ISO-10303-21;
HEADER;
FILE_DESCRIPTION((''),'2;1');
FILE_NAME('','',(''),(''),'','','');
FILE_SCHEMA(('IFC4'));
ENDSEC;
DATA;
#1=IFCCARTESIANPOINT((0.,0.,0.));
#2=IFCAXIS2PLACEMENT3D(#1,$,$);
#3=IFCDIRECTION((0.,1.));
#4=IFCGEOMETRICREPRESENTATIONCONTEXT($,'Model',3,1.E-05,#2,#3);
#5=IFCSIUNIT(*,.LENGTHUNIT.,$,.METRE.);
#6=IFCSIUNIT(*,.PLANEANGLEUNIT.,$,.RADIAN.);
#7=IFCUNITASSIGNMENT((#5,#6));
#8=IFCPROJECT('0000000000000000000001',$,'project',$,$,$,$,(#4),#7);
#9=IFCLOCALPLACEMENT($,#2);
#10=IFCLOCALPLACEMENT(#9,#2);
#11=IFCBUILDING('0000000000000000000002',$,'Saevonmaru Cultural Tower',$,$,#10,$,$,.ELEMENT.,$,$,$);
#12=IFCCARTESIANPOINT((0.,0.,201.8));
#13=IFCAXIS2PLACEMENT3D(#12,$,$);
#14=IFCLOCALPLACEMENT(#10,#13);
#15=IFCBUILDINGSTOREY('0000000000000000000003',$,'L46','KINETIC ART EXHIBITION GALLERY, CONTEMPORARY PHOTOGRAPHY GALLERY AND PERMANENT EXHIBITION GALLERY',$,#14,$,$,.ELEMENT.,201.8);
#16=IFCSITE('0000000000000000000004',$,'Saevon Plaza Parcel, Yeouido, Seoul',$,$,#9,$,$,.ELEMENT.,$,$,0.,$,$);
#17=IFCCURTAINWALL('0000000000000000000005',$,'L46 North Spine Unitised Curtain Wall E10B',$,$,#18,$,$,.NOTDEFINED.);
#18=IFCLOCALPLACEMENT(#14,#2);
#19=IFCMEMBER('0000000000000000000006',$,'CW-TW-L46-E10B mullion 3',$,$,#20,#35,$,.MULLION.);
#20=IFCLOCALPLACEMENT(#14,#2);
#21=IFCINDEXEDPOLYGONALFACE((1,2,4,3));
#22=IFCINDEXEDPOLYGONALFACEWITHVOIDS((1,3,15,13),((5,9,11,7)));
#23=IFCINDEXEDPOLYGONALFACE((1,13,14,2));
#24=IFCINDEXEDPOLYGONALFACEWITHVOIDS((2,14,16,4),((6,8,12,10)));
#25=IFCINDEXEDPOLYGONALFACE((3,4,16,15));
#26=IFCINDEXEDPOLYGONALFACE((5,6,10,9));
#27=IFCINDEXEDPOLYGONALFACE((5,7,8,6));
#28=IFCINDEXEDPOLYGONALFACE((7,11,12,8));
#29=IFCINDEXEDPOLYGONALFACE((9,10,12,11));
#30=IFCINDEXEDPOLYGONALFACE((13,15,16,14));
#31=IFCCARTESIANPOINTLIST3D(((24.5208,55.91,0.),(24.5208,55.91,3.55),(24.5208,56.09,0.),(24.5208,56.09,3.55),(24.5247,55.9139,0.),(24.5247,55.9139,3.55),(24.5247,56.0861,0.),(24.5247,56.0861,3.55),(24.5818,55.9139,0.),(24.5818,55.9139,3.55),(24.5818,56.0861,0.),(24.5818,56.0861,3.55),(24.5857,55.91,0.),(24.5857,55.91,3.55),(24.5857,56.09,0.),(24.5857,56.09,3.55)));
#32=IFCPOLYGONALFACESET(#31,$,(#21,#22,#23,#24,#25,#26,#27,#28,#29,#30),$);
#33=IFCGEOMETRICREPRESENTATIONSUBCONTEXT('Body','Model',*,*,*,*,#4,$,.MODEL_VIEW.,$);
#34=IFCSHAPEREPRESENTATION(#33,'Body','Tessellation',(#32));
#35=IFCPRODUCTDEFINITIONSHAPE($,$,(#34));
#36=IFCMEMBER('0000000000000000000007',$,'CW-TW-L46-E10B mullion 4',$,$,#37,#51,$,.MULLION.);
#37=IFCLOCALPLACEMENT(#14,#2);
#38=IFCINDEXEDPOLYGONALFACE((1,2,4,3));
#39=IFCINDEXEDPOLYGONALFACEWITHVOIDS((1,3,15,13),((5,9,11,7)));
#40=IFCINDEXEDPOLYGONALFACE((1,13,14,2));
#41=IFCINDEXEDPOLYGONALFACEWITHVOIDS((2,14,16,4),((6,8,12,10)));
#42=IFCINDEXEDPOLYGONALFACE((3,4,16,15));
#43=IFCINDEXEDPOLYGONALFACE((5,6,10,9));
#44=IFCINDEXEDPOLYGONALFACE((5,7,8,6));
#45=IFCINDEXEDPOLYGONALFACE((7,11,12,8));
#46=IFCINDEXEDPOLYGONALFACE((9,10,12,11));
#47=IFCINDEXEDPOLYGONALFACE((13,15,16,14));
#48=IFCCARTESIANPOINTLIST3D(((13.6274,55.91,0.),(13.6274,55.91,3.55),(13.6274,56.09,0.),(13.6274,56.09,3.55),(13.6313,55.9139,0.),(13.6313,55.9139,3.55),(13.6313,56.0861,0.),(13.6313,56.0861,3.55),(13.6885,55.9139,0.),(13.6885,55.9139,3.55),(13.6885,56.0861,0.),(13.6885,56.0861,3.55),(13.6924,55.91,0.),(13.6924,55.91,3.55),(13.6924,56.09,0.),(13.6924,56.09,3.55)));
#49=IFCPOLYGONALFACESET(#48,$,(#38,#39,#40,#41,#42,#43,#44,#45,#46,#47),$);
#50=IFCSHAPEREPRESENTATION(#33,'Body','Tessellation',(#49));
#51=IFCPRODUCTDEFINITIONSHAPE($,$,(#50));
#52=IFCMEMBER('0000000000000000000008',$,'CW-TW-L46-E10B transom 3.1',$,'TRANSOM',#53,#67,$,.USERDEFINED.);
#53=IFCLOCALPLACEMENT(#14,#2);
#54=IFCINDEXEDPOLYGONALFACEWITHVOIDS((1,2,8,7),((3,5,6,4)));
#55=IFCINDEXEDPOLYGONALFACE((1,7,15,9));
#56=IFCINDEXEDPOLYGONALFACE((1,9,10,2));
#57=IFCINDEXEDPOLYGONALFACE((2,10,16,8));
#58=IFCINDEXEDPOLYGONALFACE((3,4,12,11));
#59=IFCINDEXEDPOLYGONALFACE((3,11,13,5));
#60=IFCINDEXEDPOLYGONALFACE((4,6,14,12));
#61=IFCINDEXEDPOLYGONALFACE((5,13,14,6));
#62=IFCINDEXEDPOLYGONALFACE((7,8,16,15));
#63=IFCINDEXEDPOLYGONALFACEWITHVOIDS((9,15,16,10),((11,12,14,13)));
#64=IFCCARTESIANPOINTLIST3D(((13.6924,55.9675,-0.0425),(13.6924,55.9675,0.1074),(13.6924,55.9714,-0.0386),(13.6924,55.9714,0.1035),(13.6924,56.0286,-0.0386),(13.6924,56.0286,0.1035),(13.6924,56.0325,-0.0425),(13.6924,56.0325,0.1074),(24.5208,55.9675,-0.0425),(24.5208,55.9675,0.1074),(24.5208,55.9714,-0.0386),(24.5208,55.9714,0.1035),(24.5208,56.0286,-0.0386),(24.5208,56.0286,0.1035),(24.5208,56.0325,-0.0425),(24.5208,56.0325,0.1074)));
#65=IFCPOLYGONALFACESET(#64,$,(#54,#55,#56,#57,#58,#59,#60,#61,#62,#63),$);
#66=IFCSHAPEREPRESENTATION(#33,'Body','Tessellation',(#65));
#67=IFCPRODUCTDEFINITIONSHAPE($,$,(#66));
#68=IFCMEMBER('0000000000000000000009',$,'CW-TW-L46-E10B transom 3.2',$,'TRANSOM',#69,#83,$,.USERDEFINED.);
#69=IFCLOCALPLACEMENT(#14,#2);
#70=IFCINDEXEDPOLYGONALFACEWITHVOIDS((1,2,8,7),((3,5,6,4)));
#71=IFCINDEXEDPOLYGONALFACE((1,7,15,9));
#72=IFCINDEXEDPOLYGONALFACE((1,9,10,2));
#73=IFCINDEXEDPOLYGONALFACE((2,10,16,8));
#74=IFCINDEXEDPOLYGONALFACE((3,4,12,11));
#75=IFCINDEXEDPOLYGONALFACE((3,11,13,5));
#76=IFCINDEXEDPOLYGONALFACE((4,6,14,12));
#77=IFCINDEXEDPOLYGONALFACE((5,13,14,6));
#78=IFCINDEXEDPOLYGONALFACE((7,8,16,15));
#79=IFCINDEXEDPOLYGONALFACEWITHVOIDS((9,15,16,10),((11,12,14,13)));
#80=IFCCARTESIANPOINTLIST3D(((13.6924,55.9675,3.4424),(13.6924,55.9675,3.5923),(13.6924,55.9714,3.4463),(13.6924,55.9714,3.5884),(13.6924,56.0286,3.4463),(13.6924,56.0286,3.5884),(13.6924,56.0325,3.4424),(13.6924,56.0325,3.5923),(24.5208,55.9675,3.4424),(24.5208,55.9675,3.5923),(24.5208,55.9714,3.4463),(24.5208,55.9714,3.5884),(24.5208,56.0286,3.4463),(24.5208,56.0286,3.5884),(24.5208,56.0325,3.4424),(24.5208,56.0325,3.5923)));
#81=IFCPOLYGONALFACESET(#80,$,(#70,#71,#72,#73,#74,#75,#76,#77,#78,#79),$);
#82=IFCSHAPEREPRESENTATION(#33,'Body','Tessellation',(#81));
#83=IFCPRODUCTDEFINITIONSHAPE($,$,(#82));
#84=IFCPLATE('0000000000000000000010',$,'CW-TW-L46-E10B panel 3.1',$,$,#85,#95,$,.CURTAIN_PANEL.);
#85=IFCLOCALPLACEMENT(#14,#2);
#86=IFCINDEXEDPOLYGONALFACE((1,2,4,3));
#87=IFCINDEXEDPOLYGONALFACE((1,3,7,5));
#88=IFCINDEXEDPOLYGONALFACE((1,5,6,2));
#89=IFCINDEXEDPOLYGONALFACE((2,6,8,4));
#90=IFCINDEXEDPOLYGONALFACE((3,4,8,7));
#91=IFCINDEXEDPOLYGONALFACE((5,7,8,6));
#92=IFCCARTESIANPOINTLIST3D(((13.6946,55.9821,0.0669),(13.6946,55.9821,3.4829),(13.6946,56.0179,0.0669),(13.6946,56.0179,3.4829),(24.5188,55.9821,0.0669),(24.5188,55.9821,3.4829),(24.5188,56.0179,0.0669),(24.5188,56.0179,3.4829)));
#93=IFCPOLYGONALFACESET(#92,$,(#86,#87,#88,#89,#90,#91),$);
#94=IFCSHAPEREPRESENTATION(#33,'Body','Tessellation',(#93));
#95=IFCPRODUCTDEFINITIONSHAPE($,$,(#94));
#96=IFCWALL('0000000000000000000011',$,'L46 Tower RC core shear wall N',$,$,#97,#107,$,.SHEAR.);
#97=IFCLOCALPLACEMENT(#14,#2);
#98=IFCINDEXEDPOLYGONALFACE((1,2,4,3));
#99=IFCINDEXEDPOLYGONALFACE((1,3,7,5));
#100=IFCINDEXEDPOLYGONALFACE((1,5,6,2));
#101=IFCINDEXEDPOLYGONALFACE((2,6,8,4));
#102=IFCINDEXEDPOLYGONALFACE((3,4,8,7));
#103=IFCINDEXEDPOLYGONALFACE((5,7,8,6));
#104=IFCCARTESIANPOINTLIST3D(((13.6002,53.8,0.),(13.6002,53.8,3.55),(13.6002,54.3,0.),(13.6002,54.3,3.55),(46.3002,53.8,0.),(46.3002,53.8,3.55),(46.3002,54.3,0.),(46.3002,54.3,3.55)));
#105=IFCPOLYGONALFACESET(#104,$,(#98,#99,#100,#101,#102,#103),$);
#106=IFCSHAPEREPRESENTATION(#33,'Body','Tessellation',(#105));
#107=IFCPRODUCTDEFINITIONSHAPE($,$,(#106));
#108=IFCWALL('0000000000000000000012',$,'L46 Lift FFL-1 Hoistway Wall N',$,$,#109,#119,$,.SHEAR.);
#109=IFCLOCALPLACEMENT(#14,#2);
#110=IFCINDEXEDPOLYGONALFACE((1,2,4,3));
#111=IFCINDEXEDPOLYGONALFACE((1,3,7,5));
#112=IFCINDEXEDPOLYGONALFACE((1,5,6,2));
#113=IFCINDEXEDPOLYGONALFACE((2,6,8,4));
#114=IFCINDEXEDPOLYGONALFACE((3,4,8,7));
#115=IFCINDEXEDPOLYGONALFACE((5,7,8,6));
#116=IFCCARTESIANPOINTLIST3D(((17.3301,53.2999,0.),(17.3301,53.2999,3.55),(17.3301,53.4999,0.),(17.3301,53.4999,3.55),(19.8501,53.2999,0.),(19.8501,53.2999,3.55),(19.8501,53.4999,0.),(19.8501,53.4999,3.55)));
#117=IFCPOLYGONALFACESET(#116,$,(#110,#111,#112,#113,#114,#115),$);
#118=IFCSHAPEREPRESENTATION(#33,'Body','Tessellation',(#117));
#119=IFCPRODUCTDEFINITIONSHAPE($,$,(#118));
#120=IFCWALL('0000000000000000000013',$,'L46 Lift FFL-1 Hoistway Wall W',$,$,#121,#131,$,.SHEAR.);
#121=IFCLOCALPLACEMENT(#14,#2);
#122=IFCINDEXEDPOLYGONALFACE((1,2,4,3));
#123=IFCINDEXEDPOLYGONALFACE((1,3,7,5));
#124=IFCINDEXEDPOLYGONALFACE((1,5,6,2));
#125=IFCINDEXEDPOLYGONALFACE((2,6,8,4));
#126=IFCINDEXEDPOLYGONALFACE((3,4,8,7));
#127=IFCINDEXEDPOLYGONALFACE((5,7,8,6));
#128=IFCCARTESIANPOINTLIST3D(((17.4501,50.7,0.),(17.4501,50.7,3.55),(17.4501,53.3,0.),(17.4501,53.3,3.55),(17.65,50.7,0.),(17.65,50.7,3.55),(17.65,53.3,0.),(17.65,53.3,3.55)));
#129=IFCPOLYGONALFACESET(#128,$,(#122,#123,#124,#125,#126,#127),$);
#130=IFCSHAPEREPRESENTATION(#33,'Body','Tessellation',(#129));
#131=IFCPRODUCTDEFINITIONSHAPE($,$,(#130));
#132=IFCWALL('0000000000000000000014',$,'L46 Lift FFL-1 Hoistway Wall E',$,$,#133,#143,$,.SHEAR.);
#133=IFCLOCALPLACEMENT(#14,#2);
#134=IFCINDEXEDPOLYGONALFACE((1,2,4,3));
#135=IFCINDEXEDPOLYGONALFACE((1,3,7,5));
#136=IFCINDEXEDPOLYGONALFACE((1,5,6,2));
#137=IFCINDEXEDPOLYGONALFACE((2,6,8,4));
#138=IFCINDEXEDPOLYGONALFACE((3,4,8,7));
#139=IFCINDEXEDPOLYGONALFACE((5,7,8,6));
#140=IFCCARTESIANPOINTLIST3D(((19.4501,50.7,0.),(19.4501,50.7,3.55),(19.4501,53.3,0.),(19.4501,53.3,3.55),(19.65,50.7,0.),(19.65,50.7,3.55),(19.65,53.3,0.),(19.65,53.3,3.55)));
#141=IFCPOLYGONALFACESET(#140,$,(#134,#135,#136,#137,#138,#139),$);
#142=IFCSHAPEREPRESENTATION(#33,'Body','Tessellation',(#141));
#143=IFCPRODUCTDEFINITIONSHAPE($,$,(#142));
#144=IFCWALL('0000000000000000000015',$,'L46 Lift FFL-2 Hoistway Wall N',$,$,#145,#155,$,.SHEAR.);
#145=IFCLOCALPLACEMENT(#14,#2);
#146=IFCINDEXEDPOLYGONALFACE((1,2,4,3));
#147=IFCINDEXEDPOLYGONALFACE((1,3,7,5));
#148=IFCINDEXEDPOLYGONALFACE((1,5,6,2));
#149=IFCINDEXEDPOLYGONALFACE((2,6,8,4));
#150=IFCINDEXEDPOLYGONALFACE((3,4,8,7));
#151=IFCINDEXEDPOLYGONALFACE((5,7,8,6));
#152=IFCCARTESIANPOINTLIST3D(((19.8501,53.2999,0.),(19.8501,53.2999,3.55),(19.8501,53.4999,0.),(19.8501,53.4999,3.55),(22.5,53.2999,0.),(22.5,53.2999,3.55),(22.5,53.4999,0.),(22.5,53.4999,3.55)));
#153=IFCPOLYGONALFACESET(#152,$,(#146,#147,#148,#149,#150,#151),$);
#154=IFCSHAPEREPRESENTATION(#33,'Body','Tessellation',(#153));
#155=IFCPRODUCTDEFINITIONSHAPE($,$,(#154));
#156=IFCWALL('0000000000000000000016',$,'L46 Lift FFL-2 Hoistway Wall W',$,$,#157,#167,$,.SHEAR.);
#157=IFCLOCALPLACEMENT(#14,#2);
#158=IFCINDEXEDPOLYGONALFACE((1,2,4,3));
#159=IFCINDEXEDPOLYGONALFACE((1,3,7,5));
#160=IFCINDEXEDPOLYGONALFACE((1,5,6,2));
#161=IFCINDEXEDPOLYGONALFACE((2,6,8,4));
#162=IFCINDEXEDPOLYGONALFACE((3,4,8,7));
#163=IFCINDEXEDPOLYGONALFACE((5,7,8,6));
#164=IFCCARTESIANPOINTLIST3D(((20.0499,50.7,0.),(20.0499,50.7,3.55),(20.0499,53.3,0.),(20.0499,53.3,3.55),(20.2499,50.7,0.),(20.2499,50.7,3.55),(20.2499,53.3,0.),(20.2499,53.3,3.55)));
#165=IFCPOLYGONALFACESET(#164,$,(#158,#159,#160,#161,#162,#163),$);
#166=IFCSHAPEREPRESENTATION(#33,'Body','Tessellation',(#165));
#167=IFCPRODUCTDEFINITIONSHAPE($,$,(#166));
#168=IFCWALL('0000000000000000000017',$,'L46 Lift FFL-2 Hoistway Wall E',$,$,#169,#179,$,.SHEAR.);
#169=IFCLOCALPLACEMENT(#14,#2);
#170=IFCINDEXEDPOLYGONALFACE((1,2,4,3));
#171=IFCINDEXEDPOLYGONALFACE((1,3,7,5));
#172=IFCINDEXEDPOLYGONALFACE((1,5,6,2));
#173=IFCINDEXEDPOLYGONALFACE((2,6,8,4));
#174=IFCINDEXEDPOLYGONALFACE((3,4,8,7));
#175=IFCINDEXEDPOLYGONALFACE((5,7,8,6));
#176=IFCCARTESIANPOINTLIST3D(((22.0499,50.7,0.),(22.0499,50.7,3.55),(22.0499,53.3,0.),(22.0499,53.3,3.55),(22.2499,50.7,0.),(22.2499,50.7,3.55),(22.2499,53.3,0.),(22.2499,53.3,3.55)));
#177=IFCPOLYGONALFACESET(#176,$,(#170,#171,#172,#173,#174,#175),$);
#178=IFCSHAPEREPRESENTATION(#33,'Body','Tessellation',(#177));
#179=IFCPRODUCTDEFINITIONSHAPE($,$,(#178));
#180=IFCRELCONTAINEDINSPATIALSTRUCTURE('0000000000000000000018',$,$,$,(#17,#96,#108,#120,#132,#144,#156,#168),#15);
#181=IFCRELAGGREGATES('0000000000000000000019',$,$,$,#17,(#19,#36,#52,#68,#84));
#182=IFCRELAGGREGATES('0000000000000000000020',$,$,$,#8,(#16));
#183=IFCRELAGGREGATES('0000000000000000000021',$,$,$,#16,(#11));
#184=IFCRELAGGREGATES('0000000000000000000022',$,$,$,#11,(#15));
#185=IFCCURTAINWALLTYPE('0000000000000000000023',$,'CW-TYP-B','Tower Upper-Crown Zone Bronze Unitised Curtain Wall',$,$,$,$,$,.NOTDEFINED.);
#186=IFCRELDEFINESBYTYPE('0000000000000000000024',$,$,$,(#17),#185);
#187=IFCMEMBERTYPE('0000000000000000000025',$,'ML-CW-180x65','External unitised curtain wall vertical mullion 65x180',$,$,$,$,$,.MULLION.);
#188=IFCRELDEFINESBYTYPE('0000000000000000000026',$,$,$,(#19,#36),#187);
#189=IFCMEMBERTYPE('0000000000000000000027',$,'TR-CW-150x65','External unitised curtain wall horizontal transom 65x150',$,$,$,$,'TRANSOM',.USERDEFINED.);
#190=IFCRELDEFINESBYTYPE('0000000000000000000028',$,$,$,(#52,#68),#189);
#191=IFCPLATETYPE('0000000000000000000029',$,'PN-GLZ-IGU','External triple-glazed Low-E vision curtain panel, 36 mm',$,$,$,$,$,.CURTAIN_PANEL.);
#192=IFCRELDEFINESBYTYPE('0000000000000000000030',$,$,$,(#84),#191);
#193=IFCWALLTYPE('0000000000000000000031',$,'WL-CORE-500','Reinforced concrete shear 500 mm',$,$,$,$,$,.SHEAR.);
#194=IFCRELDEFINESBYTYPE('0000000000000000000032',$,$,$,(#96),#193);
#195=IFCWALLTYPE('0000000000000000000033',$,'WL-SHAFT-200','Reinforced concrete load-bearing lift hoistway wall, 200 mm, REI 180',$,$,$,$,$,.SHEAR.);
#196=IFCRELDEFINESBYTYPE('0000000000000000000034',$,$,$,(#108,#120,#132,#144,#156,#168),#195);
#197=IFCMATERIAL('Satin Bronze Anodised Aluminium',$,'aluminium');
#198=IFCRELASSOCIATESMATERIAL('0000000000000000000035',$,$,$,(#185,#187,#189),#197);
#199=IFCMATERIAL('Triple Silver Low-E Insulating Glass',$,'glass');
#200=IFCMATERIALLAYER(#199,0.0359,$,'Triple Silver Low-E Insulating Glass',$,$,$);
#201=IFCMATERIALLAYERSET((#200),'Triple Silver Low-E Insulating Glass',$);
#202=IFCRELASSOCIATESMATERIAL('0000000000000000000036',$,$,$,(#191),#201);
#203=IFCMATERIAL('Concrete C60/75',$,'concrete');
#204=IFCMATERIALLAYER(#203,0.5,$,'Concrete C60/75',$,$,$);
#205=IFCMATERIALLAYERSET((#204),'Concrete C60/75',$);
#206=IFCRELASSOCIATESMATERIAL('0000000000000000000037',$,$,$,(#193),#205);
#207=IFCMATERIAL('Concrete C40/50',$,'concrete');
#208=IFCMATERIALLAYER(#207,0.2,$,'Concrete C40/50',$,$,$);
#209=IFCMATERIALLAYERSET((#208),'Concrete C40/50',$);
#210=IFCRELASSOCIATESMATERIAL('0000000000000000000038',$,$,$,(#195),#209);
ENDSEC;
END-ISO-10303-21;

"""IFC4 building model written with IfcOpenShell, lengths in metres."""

from ifc_helpers import new_model, si_unit, direction, frame, frame_2d, origin, origin_2d, place, context, subcontext, project, spatial, rectangle, hollow_rectangle, extrude, material, layer, layer_set, material_profile, profile_set, type_object, element, aggregate, save


model = new_model("IFC4")

# Units and contexts
model_context = context("Model", 3, precision=1e-05, world=origin(), true_north=direction((0.0, 1.0)))
body_context = subcontext(model_context, "Body", "Model", "MODEL_VIEW")
ifc_project = project(units=[si_unit("LENGTHUNIT", "METRE"), si_unit("PLANEANGLEUNIT", "RADIAN")], contexts=[model_context])

# Site, building, storey
site_placement = place(None, origin())
site = spatial("IfcSite", under=ifc_project, at=site_placement, Name="Saevon Plaza Parcel, Yeouido, Seoul", CompositionType="ELEMENT", RefElevation=0.0)
building_placement = place(site_placement, origin())
building = spatial("IfcBuilding", under=site, at=building_placement, Name="Saevonmaru Cultural Tower", CompositionType="ELEMENT")
storey_placement = place(building_placement, frame((0.0, 0.0, 201.8)))
storey = spatial("IfcBuildingStorey", under=building, at=storey_placement, Name="L46", Description="KINETIC ART EXHIBITION GALLERY, CONTEMPORARY PHOTOGRAPHY GALLERY AND PERMANENT EXHIBITION GALLERY", CompositionType="ELEMENT", Elevation=201.8)

# Curtain wall, members, plate
ifc_material_1 = material(Name="Satin Bronze Anodised Aluminium", Category="aluminium")
curtain_wall_type = type_object("IfcCurtainWallType", Name="CW-TYP-B", Description="Tower Upper-Crown Zone Bronze Unitised Curtain Wall", PredefinedType="NOTDEFINED", material=ifc_material_1)
curtain_wall_placement = place(storey_placement, origin())
curtain_wall = element("IfcCurtainWall", 1, at=curtain_wall_placement, inside=storey, type_object=curtain_wall_type, Name="L46 North Spine Unitised Curtain Wall E10B", PredefinedType="NOTDEFINED")
ifc_material_profile_1 = material_profile(ifc_material_1, hollow_rectangle(XDim=0.0649, YDim=0.1799, WallThickness=0.0039, at=origin_2d()), Name="ALU-MULL-180x65x4")
ifc_profile_set_1 = profile_set([ifc_material_profile_1], Name="Satin Bronze Anodised Aluminium")
member_type_1 = type_object("IfcMemberType", Name="ML-CW-180x65", Description="External unitised curtain wall vertical mullion 65x180", PredefinedType="MULLION", material=ifc_profile_set_1)
member_1_placement = place(storey_placement, frame((24.5532, 56.0, 0.0), z_axis=(0.0, 0.0, 1.0), x_axis=(-1.0, 0.0, 0.0)))
member_1 = element("IfcMember", 2, at=member_1_placement, type_object=member_type_1, Name="CW-TW-L46-E10B mullion 3", PredefinedType="MULLION", context=body_context, shape_type="SweptSolid", body=[
    extrude(hollow_rectangle(XDim=0.0649, YDim=0.1799, WallThickness=0.0039, at=origin_2d()), origin(), (0.0, 0.0, 1.0), 3.55),
])
member_2_placement = place(storey_placement, frame((13.6599, 56.0, 0.0), z_axis=(0.0, 0.0, 1.0), x_axis=(-1.0, 0.0, 0.0)))
member_2 = element("IfcMember", 3, at=member_2_placement, type_object=member_type_1, Name="CW-TW-L46-E10B mullion 4", PredefinedType="MULLION", context=body_context, shape_type="SweptSolid", body=[
    extrude(hollow_rectangle(XDim=0.0649, YDim=0.1799, WallThickness=0.0039, at=origin_2d()), origin(), (0.0, 0.0, 1.0), 3.55),
])
ifc_material_profile_2 = material_profile(ifc_material_1, hollow_rectangle(XDim=0.0649, YDim=0.1499, WallThickness=0.0039, at=origin_2d()), Name="ALU-TRAN-150x65x4")
ifc_profile_set_2 = profile_set([ifc_material_profile_2], Name="Satin Bronze Anodised Aluminium")
member_type_2 = type_object("IfcMemberType", Name="TR-CW-150x65", Description="External unitised curtain wall horizontal transom 65x150", ElementType="TRANSOM", PredefinedType="USERDEFINED", material=ifc_profile_set_2)
member_3_placement = place(storey_placement, frame((24.5208, 56.0, 0.0325), z_axis=(-1.0, 0.0, 0.0), x_axis=(0.0, -1.0, 0.0)))
member_3 = element("IfcMember", 4, at=member_3_placement, type_object=member_type_2, Name="CW-TW-L46-E10B transom 3.1", ObjectType="TRANSOM", PredefinedType="USERDEFINED", context=body_context, shape_type="SweptSolid", body=[
    extrude(hollow_rectangle(XDim=0.0649, YDim=0.1499, WallThickness=0.0039, at=origin_2d()), origin(), (0.0, 0.0, 1.0), 10.8284),
])
member_4_placement = place(storey_placement, frame((24.5208, 56.0, 3.5173), z_axis=(-1.0, 0.0, 0.0), x_axis=(0.0, -1.0, 0.0)))
member_4 = element("IfcMember", 5, at=member_4_placement, type_object=member_type_2, Name="CW-TW-L46-E10B transom 3.2", ObjectType="TRANSOM", PredefinedType="USERDEFINED", context=body_context, shape_type="SweptSolid", body=[
    extrude(hollow_rectangle(XDim=0.0649, YDim=0.1499, WallThickness=0.0039, at=origin_2d()), origin(), (0.0, 0.0, 1.0), 10.8284),
])
ifc_material_2 = material(Name="Triple Silver Low-E Insulating Glass", Category="glass")
ifc_layer_1 = layer(ifc_material_2, 0.0359, Name="Triple Silver Low-E Insulating Glass")
ifc_layer_set_1 = layer_set([ifc_layer_1], Name="Triple Silver Low-E Insulating Glass")
plate_type = type_object("IfcPlateType", Name="PN-GLZ-IGU", Description="External triple-glazed Low-E vision curtain panel, 36 mm", PredefinedType="CURTAIN_PANEL", material=ifc_layer_set_1)
plate_placement = place(storey_placement, frame((19.1067, 56.0, 0.0669), z_axis=(0.0, 0.0, 1.0), x_axis=(-1.0, 0.0, 0.0)))
plate = element("IfcPlate", 6, at=plate_placement, type_object=plate_type, Name="CW-TW-L46-E10B panel 3.1", PredefinedType="CURTAIN_PANEL", context=body_context, shape_type="SweptSolid", body=[
    extrude(rectangle(XDim=10.8242, YDim=0.0359, at=origin_2d()), origin(), (0.0, 0.0, 1.0), 3.416),
])
aggregate(curtain_wall, [member_1, member_2, member_3, member_4, plate])

# Walls
ifc_material_3 = material(Name="Concrete C60/75", Category="concrete")
ifc_layer_2 = layer(ifc_material_3, 0.5, Name="Concrete C60/75")
ifc_layer_set_2 = layer_set([ifc_layer_2], Name="Concrete C60/75")
wall_type_1 = type_object("IfcWallType", Name="WL-CORE-500", Description="Reinforced concrete shear 500 mm", PredefinedType="SHEAR", material=ifc_layer_set_2)
wall_1_placement = place(storey_placement, frame((13.6001, 54.05, 0.0), z_axis=(0.0, 0.0, 1.0), x_axis=(1.0, 0.0, 0.0)))
element("IfcWall", 7, at=wall_1_placement, inside=storey, type_object=wall_type_1, Name="L46 Tower RC core shear wall N", PredefinedType="SHEAR", context=body_context, shape_type="SweptSolid", body=[
    extrude(rectangle(XDim=32.7, YDim=0.5, at=frame_2d((16.3501, 0.0))), origin(), (0.0, 0.0, 1.0), 3.55),
])
ifc_material_4 = material(Name="Concrete C40/50", Category="concrete")
ifc_layer_3 = layer(ifc_material_4, 0.2, Name="Concrete C40/50")
ifc_layer_set_3 = layer_set([ifc_layer_3], Name="Concrete C40/50")
wall_type_2 = type_object("IfcWallType", Name="WL-SHAFT-200", Description="Reinforced concrete load-bearing lift hoistway wall, 200 mm, REI 180", PredefinedType="SHEAR", material=ifc_layer_set_3)
wall_2_placement = place(storey_placement, frame((17.3301, 53.3999, 0.0), z_axis=(0.0, 0.0, 1.0), x_axis=(1.0, 0.0, 0.0)))
element("IfcWall", 8, at=wall_2_placement, inside=storey, type_object=wall_type_2, Name="L46 Lift FFL-1 Hoistway Wall N", PredefinedType="SHEAR", context=body_context, shape_type="SweptSolid", body=[
    extrude(rectangle(XDim=2.52, YDim=0.2, at=frame_2d((1.26, 0.0))), origin(), (0.0, 0.0, 1.0), 3.55),
])
for number, where, z_axis, x_axis, name in (
    (9, (17.55, 50.7, 0.0), (0.0, 0.0, 1.0), (0.0, 1.0, 0.0), "L46 Lift FFL-1 Hoistway Wall W"),
    (10, (19.55, 50.7, 0.0), (0.0, 0.0, 1.0), (0.0, 1.0, 0.0), "L46 Lift FFL-1 Hoistway Wall E"),
):
    element("IfcWall", number, at=place(storey_placement, frame(where, z_axis=z_axis, x_axis=x_axis)), inside=storey, type_object=wall_type_2, Name=name, PredefinedType="SHEAR", context=body_context, shape_type="SweptSolid", body=[
        extrude(rectangle(XDim=2.6001, YDim=0.2, at=frame_2d((1.3, 0.0))), origin(), (0.0, 0.0, 1.0), 3.55),
    ])
wall_3_placement = place(storey_placement, frame((19.8501, 53.3999, 0.0), z_axis=(0.0, 0.0, 1.0), x_axis=(1.0, 0.0, 0.0)))
element("IfcWall", 11, at=wall_3_placement, inside=storey, type_object=wall_type_2, Name="L46 Lift FFL-2 Hoistway Wall N", PredefinedType="SHEAR", context=body_context, shape_type="SweptSolid", body=[
    extrude(rectangle(XDim=2.6499, YDim=0.2, at=frame_2d((1.325, 0.0))), origin(), (0.0, 0.0, 1.0), 3.55),
])
for number, where, z_axis, x_axis, name in (
    (12, (20.1499, 50.7, 0.0), (0.0, 0.0, 1.0), (0.0, 1.0, 0.0), "L46 Lift FFL-2 Hoistway Wall W"),
    (13, (22.1499, 50.7, 0.0), (0.0, 0.0, 1.0), (0.0, 1.0, 0.0), "L46 Lift FFL-2 Hoistway Wall E"),
):
    element("IfcWall", number, at=place(storey_placement, frame(where, z_axis=z_axis, x_axis=x_axis)), inside=storey, type_object=wall_type_2, Name=name, PredefinedType="SHEAR", context=body_context, shape_type="SweptSolid", body=[
        extrude(rectangle(XDim=2.6001, YDim=0.2, at=frame_2d((1.3, 0.0))), origin(), (0.0, 0.0, 1.0), 3.55),
    ])

save(model, "model.ifc")
